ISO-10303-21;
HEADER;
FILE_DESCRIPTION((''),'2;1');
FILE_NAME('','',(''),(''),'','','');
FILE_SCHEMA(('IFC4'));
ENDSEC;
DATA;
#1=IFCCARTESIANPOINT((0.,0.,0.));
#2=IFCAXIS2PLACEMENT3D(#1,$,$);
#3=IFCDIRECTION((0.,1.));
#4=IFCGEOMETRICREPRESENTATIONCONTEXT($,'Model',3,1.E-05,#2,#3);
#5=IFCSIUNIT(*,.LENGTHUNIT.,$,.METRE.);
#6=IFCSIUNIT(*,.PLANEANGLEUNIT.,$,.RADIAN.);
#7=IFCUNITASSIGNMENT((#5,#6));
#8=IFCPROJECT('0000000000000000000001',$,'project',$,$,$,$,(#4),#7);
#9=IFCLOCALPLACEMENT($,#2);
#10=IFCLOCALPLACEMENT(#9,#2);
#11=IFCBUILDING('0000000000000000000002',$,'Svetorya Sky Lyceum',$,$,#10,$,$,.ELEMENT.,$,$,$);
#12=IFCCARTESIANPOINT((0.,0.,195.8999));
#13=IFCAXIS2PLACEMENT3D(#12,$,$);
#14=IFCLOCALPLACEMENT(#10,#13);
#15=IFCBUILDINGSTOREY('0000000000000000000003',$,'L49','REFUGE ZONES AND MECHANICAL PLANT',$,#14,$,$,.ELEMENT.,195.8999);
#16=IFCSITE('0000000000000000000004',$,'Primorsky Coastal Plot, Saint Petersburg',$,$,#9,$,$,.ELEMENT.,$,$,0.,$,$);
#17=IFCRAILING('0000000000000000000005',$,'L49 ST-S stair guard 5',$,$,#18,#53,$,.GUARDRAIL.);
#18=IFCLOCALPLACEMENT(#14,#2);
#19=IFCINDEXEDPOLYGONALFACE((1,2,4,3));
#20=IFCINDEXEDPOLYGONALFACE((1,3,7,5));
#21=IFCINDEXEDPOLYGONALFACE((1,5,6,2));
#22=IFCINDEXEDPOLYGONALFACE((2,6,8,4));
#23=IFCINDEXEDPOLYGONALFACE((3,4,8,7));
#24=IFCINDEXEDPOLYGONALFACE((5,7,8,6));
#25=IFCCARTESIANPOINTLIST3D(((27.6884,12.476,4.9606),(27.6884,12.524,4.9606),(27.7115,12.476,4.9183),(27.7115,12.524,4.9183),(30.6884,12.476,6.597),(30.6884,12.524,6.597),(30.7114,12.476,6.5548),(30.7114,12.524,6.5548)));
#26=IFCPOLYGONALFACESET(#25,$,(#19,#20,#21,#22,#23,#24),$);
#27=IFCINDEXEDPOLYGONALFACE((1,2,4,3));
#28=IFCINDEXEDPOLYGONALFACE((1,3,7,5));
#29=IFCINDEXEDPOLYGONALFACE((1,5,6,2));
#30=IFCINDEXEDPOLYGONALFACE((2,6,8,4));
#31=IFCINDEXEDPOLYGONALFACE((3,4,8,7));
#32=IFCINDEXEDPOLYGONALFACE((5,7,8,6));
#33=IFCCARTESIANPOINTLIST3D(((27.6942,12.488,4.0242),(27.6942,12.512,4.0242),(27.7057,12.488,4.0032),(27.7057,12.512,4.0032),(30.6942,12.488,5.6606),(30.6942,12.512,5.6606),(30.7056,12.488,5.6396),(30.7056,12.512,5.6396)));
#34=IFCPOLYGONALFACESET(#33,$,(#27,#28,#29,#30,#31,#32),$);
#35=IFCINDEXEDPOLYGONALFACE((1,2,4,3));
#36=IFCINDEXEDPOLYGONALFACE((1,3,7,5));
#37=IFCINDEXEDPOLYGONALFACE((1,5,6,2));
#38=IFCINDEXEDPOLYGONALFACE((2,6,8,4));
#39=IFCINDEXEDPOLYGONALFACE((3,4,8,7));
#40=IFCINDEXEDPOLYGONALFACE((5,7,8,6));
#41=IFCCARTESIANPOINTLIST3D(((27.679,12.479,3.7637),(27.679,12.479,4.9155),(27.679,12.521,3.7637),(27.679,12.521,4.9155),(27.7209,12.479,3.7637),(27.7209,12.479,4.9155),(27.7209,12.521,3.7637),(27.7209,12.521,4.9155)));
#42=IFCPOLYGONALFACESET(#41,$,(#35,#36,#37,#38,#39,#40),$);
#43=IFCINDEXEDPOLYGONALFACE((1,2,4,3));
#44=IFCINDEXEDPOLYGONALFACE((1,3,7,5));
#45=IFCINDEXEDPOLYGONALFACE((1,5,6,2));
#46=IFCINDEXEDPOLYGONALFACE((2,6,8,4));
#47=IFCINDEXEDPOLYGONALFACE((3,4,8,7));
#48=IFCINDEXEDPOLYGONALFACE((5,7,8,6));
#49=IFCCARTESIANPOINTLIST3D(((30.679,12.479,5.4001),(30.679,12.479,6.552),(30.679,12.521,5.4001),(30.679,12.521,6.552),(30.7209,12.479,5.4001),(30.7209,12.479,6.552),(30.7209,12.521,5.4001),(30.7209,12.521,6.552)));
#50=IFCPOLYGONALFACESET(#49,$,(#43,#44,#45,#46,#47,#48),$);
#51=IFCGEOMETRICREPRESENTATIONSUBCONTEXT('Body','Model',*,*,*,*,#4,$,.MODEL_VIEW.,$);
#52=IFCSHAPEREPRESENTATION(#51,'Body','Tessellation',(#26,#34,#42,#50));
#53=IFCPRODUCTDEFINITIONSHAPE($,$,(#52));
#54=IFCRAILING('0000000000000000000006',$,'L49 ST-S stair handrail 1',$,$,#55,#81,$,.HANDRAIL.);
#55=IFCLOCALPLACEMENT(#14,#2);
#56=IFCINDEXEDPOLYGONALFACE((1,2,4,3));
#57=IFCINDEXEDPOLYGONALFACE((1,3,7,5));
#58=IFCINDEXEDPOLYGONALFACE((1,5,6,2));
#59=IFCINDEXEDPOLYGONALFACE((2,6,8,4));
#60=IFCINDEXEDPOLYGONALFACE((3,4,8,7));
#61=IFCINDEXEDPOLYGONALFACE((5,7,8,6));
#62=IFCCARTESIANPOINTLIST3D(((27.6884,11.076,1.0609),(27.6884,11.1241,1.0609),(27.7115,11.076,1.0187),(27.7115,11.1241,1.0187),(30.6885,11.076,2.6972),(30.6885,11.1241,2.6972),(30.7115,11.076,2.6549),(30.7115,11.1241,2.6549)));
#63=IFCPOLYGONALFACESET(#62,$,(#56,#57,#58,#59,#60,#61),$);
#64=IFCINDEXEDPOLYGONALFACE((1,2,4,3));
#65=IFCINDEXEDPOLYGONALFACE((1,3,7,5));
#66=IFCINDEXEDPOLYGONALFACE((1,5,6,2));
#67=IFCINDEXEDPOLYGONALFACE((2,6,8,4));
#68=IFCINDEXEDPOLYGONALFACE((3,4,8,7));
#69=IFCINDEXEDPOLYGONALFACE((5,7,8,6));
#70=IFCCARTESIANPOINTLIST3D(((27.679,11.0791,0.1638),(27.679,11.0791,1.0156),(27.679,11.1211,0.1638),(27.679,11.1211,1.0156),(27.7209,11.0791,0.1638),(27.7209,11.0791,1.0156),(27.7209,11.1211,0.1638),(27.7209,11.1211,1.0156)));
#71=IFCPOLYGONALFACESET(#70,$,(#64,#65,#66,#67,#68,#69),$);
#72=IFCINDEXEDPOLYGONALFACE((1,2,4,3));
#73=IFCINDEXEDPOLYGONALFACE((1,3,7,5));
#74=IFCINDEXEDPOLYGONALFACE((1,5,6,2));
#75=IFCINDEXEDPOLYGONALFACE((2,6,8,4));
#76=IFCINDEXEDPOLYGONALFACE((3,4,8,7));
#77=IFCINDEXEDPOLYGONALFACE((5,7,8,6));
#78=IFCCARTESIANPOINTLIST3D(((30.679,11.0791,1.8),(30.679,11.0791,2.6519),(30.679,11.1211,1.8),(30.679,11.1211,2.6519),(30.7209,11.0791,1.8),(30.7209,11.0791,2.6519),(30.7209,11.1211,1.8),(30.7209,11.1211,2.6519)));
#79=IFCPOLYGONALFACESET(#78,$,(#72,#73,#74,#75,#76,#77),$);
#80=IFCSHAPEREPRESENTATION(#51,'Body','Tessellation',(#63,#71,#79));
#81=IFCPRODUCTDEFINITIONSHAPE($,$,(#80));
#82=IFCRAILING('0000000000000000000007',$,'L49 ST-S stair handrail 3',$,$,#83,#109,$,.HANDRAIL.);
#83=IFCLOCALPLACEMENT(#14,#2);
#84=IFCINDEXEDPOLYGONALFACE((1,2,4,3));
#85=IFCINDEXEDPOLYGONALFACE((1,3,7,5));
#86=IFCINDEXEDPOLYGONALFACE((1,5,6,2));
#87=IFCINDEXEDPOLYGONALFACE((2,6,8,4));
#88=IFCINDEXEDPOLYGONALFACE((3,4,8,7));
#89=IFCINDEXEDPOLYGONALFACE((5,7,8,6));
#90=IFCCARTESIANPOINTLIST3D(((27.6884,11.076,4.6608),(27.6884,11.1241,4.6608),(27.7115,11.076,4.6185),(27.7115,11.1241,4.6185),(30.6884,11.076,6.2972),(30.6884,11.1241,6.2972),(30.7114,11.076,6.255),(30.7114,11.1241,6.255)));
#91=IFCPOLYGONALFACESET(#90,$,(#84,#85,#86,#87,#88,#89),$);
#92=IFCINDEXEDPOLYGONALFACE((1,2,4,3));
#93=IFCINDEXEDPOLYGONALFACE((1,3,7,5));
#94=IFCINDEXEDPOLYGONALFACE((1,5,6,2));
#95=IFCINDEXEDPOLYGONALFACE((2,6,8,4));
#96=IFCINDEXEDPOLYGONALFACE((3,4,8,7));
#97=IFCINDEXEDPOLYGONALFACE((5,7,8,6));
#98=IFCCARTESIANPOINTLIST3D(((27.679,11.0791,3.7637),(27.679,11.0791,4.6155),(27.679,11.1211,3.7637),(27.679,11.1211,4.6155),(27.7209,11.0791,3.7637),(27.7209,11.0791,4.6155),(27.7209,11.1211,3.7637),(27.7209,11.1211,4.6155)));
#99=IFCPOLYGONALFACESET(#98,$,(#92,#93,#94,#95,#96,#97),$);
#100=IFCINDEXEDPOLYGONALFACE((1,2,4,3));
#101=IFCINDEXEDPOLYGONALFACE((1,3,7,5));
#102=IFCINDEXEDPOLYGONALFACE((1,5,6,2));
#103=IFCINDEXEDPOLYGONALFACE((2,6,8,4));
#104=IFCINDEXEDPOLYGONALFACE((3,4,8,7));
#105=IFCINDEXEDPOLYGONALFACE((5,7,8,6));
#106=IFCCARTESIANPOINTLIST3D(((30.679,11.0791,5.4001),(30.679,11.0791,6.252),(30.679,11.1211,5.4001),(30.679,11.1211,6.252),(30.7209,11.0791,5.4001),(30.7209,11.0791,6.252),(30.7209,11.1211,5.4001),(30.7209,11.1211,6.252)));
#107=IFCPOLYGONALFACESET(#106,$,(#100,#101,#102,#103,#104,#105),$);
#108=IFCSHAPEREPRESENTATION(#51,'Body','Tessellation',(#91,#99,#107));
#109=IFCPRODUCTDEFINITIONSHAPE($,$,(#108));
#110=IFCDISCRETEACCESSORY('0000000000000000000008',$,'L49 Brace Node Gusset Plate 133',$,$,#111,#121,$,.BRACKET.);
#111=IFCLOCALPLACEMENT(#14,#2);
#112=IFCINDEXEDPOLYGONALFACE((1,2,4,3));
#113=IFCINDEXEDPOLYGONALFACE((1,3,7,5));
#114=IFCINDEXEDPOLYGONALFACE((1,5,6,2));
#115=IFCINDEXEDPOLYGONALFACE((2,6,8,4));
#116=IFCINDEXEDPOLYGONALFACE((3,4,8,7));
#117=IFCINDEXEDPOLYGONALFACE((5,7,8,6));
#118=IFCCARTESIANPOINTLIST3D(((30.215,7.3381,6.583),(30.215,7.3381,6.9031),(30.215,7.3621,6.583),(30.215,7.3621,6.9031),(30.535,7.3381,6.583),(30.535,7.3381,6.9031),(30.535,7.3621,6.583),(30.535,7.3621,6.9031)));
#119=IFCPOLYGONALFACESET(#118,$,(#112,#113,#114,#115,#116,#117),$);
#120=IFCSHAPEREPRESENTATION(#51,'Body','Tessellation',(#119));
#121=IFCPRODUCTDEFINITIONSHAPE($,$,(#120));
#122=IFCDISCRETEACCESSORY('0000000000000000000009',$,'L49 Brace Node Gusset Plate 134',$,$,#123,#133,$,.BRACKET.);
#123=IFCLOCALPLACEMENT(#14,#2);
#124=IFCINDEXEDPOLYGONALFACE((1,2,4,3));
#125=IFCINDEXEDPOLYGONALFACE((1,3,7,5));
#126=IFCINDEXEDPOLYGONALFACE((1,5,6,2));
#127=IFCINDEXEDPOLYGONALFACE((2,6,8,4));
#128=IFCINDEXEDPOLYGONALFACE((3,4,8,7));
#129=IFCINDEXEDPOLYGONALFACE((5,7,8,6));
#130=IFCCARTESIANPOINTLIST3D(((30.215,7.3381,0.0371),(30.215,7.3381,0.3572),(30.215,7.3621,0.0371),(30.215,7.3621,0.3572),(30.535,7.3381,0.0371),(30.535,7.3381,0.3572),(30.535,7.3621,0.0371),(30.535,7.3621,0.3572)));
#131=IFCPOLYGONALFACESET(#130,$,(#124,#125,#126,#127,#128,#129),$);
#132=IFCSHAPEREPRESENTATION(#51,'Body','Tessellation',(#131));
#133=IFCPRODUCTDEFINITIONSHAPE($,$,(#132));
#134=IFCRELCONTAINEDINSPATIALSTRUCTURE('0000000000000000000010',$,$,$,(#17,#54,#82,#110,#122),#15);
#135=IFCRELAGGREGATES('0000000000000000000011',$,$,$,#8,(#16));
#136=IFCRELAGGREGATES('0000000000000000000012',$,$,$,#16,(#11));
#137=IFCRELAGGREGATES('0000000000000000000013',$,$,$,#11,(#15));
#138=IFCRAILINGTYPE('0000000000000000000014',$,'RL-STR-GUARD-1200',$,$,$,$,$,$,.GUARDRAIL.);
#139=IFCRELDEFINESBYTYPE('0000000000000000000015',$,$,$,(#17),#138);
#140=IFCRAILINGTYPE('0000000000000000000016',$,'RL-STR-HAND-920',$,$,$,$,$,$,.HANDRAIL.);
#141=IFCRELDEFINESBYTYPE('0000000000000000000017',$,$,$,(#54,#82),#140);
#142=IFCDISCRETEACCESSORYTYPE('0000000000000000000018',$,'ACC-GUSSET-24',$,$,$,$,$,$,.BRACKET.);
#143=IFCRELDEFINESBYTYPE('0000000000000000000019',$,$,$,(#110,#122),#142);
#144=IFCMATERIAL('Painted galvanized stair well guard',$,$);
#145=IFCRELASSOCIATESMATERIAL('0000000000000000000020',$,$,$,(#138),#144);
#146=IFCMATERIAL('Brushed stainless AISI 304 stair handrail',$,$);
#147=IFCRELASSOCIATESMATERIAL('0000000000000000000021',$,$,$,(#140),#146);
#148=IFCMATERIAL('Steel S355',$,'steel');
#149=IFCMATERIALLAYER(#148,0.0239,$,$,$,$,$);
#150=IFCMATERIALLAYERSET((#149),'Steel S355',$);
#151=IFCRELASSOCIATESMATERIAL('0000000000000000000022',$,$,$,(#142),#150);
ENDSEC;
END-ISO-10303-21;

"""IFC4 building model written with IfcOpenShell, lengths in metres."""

from ifc_helpers import new_model, si_unit, direction, frame, origin, origin_2d, place, context, subcontext, project, spatial, rectangle, extrude, material, layer, layer_set, type_object, element, save


model = new_model("IFC4")

# Units and contexts
model_context = context("Model", 3, precision=1e-05, world=origin(), true_north=direction((0.0, 1.0)))
body_context = subcontext(model_context, "Body", "Model", "MODEL_VIEW")
ifc_project = project(units=[si_unit("LENGTHUNIT", "METRE"), si_unit("PLANEANGLEUNIT", "RADIAN")], contexts=[model_context])

# Site, building, storey
site_placement = place(None, origin())
site = spatial("IfcSite", under=ifc_project, at=site_placement, Name="Primorsky Coastal Plot, Saint Petersburg", CompositionType="ELEMENT", RefElevation=0.0)
building_placement = place(site_placement, origin())
building = spatial("IfcBuilding", under=site, at=building_placement, Name="Svetorya Sky Lyceum", CompositionType="ELEMENT")
storey_placement = place(building_placement, frame((0.0, 0.0, 195.8999)))
storey = spatial("IfcBuildingStorey", under=building, at=storey_placement, Name="L49", Description="REFUGE ZONES AND MECHANICAL PLANT", CompositionType="ELEMENT", Elevation=195.8999)

# Shared definitions
ifc_material_1 = material(Name="Steel S355", Category="steel")

# Railings
ifc_material_2 = material(Name="Painted galvanized stair well guard")
railing_type_1 = type_object("IfcRailingType", Name="RL-STR-GUARD-1200", PredefinedType="GUARDRAIL", material=ifc_material_2)
railing_1_placement = place(storey_placement, frame((27.7, 12.5, 3.7637)))
element("IfcRailing", 1, at=railing_1_placement, inside=storey, type_object=railing_type_1, Name="L49 ST-S stair guard 5", PredefinedType="GUARDRAIL", context=body_context, shape_type="SweptSolid", body=[
    extrude(rectangle(XDim=0.0481, YDim=0.0481, at=origin_2d()), frame((0.0, 0.0, 1.1758), z_axis=(0.877882, 0.0, 0.478877), x_axis=(0.0, 1.0, 0.0)), (0.0, 0.0, 1.0), 3.4172),
    extrude(rectangle(XDim=0.0239, YDim=0.0239, at=origin_2d()), frame((0.0, 0.0, 0.25), z_axis=(0.877882, 0.0, 0.478877), x_axis=(0.0, 1.0, 0.0)), (0.0, 0.0, 1.0), 3.4172),
    extrude(rectangle(XDim=0.042, YDim=0.042, at=origin_2d()), origin(), (0.0, 0.0, 1.0), 1.1519),
    extrude(rectangle(XDim=0.042, YDim=0.042, at=origin_2d()), frame((3.0, 0.0, 1.6365)), (0.0, 0.0, 1.0), 1.1519),
])
ifc_material_3 = material(Name="Brushed stainless AISI 304 stair handrail")
railing_type_2 = type_object("IfcRailingType", Name="RL-STR-HAND-920", PredefinedType="HANDRAIL", material=ifc_material_3)
railing_2_placement = place(storey_placement, frame((27.7, 11.1001, 0.1638)))
element("IfcRailing", 2, at=railing_2_placement, inside=storey, type_object=railing_type_2, Name="L49 ST-S stair handrail 1", PredefinedType="HANDRAIL", context=body_context, shape_type="SweptSolid", body=[
    extrude(rectangle(XDim=0.0481, YDim=0.0481, at=origin_2d()), frame((0.0, 0.0, 0.876), z_axis=(0.877912, 0.0, 0.478822), x_axis=(0.0, 1.0, 0.0)), (0.0, 0.0, 1.0), 3.4172),
    extrude(rectangle(XDim=0.042, YDim=0.042, at=origin_2d()), origin(), (0.0, 0.0, 1.0), 0.8518),
    extrude(rectangle(XDim=0.042, YDim=0.042, at=origin_2d()), frame((3.0, 0.0, 1.6362)), (0.0, 0.0, 1.0), 0.8518),
])
railing_3_placement = place(storey_placement, frame((27.7, 11.1001, 3.7637)))
element("IfcRailing", 3, at=railing_3_placement, inside=storey, type_object=railing_type_2, Name="L49 ST-S stair handrail 3", PredefinedType="HANDRAIL", context=body_context, shape_type="SweptSolid", body=[
    extrude(rectangle(XDim=0.0481, YDim=0.0481, at=origin_2d()), frame((0.0, 0.0, 0.876), z_axis=(0.877882, 0.0, 0.478877), x_axis=(0.0, 1.0, 0.0)), (0.0, 0.0, 1.0), 3.4172),
    extrude(rectangle(XDim=0.042, YDim=0.042, at=origin_2d()), origin(), (0.0, 0.0, 1.0), 0.8518),
    extrude(rectangle(XDim=0.042, YDim=0.042, at=origin_2d()), frame((3.0, 0.0, 1.6365)), (0.0, 0.0, 1.0), 0.8518),
])

# Discrete accessories
ifc_layer_1 = layer(ifc_material_1, 0.0239)
ifc_layer_set_1 = layer_set([ifc_layer_1], Name="Steel S355")
discrete_accessory_type = type_object("IfcDiscreteAccessoryType", Name="ACC-GUSSET-24", PredefinedType="BRACKET", material=ifc_layer_set_1)
for number, where, z_axis, x_axis, name in (
    (4, (30.375, 7.3501, 6.583), (0.0, 0.0, 1.0), (1.0, 0.0, 0.0), "L49 Brace Node Gusset Plate 133"),
    (5, (30.375, 7.3501, 0.0371), (0.0, 0.0, 1.0), (1.0, 0.0, 0.0), "L49 Brace Node Gusset Plate 134"),
):
    element("IfcDiscreteAccessory", number, at=place(storey_placement, frame(where, z_axis=z_axis, x_axis=x_axis)), inside=storey, type_object=discrete_accessory_type, Name=name, PredefinedType="BRACKET", context=body_context, shape_type="SweptSolid", body=[
        extrude(rectangle(XDim=0.3201, YDim=0.0239, at=origin_2d()), origin(), (0.0, 0.0, 1.0), 0.3201),
    ])

save(model, "model.ifc")
